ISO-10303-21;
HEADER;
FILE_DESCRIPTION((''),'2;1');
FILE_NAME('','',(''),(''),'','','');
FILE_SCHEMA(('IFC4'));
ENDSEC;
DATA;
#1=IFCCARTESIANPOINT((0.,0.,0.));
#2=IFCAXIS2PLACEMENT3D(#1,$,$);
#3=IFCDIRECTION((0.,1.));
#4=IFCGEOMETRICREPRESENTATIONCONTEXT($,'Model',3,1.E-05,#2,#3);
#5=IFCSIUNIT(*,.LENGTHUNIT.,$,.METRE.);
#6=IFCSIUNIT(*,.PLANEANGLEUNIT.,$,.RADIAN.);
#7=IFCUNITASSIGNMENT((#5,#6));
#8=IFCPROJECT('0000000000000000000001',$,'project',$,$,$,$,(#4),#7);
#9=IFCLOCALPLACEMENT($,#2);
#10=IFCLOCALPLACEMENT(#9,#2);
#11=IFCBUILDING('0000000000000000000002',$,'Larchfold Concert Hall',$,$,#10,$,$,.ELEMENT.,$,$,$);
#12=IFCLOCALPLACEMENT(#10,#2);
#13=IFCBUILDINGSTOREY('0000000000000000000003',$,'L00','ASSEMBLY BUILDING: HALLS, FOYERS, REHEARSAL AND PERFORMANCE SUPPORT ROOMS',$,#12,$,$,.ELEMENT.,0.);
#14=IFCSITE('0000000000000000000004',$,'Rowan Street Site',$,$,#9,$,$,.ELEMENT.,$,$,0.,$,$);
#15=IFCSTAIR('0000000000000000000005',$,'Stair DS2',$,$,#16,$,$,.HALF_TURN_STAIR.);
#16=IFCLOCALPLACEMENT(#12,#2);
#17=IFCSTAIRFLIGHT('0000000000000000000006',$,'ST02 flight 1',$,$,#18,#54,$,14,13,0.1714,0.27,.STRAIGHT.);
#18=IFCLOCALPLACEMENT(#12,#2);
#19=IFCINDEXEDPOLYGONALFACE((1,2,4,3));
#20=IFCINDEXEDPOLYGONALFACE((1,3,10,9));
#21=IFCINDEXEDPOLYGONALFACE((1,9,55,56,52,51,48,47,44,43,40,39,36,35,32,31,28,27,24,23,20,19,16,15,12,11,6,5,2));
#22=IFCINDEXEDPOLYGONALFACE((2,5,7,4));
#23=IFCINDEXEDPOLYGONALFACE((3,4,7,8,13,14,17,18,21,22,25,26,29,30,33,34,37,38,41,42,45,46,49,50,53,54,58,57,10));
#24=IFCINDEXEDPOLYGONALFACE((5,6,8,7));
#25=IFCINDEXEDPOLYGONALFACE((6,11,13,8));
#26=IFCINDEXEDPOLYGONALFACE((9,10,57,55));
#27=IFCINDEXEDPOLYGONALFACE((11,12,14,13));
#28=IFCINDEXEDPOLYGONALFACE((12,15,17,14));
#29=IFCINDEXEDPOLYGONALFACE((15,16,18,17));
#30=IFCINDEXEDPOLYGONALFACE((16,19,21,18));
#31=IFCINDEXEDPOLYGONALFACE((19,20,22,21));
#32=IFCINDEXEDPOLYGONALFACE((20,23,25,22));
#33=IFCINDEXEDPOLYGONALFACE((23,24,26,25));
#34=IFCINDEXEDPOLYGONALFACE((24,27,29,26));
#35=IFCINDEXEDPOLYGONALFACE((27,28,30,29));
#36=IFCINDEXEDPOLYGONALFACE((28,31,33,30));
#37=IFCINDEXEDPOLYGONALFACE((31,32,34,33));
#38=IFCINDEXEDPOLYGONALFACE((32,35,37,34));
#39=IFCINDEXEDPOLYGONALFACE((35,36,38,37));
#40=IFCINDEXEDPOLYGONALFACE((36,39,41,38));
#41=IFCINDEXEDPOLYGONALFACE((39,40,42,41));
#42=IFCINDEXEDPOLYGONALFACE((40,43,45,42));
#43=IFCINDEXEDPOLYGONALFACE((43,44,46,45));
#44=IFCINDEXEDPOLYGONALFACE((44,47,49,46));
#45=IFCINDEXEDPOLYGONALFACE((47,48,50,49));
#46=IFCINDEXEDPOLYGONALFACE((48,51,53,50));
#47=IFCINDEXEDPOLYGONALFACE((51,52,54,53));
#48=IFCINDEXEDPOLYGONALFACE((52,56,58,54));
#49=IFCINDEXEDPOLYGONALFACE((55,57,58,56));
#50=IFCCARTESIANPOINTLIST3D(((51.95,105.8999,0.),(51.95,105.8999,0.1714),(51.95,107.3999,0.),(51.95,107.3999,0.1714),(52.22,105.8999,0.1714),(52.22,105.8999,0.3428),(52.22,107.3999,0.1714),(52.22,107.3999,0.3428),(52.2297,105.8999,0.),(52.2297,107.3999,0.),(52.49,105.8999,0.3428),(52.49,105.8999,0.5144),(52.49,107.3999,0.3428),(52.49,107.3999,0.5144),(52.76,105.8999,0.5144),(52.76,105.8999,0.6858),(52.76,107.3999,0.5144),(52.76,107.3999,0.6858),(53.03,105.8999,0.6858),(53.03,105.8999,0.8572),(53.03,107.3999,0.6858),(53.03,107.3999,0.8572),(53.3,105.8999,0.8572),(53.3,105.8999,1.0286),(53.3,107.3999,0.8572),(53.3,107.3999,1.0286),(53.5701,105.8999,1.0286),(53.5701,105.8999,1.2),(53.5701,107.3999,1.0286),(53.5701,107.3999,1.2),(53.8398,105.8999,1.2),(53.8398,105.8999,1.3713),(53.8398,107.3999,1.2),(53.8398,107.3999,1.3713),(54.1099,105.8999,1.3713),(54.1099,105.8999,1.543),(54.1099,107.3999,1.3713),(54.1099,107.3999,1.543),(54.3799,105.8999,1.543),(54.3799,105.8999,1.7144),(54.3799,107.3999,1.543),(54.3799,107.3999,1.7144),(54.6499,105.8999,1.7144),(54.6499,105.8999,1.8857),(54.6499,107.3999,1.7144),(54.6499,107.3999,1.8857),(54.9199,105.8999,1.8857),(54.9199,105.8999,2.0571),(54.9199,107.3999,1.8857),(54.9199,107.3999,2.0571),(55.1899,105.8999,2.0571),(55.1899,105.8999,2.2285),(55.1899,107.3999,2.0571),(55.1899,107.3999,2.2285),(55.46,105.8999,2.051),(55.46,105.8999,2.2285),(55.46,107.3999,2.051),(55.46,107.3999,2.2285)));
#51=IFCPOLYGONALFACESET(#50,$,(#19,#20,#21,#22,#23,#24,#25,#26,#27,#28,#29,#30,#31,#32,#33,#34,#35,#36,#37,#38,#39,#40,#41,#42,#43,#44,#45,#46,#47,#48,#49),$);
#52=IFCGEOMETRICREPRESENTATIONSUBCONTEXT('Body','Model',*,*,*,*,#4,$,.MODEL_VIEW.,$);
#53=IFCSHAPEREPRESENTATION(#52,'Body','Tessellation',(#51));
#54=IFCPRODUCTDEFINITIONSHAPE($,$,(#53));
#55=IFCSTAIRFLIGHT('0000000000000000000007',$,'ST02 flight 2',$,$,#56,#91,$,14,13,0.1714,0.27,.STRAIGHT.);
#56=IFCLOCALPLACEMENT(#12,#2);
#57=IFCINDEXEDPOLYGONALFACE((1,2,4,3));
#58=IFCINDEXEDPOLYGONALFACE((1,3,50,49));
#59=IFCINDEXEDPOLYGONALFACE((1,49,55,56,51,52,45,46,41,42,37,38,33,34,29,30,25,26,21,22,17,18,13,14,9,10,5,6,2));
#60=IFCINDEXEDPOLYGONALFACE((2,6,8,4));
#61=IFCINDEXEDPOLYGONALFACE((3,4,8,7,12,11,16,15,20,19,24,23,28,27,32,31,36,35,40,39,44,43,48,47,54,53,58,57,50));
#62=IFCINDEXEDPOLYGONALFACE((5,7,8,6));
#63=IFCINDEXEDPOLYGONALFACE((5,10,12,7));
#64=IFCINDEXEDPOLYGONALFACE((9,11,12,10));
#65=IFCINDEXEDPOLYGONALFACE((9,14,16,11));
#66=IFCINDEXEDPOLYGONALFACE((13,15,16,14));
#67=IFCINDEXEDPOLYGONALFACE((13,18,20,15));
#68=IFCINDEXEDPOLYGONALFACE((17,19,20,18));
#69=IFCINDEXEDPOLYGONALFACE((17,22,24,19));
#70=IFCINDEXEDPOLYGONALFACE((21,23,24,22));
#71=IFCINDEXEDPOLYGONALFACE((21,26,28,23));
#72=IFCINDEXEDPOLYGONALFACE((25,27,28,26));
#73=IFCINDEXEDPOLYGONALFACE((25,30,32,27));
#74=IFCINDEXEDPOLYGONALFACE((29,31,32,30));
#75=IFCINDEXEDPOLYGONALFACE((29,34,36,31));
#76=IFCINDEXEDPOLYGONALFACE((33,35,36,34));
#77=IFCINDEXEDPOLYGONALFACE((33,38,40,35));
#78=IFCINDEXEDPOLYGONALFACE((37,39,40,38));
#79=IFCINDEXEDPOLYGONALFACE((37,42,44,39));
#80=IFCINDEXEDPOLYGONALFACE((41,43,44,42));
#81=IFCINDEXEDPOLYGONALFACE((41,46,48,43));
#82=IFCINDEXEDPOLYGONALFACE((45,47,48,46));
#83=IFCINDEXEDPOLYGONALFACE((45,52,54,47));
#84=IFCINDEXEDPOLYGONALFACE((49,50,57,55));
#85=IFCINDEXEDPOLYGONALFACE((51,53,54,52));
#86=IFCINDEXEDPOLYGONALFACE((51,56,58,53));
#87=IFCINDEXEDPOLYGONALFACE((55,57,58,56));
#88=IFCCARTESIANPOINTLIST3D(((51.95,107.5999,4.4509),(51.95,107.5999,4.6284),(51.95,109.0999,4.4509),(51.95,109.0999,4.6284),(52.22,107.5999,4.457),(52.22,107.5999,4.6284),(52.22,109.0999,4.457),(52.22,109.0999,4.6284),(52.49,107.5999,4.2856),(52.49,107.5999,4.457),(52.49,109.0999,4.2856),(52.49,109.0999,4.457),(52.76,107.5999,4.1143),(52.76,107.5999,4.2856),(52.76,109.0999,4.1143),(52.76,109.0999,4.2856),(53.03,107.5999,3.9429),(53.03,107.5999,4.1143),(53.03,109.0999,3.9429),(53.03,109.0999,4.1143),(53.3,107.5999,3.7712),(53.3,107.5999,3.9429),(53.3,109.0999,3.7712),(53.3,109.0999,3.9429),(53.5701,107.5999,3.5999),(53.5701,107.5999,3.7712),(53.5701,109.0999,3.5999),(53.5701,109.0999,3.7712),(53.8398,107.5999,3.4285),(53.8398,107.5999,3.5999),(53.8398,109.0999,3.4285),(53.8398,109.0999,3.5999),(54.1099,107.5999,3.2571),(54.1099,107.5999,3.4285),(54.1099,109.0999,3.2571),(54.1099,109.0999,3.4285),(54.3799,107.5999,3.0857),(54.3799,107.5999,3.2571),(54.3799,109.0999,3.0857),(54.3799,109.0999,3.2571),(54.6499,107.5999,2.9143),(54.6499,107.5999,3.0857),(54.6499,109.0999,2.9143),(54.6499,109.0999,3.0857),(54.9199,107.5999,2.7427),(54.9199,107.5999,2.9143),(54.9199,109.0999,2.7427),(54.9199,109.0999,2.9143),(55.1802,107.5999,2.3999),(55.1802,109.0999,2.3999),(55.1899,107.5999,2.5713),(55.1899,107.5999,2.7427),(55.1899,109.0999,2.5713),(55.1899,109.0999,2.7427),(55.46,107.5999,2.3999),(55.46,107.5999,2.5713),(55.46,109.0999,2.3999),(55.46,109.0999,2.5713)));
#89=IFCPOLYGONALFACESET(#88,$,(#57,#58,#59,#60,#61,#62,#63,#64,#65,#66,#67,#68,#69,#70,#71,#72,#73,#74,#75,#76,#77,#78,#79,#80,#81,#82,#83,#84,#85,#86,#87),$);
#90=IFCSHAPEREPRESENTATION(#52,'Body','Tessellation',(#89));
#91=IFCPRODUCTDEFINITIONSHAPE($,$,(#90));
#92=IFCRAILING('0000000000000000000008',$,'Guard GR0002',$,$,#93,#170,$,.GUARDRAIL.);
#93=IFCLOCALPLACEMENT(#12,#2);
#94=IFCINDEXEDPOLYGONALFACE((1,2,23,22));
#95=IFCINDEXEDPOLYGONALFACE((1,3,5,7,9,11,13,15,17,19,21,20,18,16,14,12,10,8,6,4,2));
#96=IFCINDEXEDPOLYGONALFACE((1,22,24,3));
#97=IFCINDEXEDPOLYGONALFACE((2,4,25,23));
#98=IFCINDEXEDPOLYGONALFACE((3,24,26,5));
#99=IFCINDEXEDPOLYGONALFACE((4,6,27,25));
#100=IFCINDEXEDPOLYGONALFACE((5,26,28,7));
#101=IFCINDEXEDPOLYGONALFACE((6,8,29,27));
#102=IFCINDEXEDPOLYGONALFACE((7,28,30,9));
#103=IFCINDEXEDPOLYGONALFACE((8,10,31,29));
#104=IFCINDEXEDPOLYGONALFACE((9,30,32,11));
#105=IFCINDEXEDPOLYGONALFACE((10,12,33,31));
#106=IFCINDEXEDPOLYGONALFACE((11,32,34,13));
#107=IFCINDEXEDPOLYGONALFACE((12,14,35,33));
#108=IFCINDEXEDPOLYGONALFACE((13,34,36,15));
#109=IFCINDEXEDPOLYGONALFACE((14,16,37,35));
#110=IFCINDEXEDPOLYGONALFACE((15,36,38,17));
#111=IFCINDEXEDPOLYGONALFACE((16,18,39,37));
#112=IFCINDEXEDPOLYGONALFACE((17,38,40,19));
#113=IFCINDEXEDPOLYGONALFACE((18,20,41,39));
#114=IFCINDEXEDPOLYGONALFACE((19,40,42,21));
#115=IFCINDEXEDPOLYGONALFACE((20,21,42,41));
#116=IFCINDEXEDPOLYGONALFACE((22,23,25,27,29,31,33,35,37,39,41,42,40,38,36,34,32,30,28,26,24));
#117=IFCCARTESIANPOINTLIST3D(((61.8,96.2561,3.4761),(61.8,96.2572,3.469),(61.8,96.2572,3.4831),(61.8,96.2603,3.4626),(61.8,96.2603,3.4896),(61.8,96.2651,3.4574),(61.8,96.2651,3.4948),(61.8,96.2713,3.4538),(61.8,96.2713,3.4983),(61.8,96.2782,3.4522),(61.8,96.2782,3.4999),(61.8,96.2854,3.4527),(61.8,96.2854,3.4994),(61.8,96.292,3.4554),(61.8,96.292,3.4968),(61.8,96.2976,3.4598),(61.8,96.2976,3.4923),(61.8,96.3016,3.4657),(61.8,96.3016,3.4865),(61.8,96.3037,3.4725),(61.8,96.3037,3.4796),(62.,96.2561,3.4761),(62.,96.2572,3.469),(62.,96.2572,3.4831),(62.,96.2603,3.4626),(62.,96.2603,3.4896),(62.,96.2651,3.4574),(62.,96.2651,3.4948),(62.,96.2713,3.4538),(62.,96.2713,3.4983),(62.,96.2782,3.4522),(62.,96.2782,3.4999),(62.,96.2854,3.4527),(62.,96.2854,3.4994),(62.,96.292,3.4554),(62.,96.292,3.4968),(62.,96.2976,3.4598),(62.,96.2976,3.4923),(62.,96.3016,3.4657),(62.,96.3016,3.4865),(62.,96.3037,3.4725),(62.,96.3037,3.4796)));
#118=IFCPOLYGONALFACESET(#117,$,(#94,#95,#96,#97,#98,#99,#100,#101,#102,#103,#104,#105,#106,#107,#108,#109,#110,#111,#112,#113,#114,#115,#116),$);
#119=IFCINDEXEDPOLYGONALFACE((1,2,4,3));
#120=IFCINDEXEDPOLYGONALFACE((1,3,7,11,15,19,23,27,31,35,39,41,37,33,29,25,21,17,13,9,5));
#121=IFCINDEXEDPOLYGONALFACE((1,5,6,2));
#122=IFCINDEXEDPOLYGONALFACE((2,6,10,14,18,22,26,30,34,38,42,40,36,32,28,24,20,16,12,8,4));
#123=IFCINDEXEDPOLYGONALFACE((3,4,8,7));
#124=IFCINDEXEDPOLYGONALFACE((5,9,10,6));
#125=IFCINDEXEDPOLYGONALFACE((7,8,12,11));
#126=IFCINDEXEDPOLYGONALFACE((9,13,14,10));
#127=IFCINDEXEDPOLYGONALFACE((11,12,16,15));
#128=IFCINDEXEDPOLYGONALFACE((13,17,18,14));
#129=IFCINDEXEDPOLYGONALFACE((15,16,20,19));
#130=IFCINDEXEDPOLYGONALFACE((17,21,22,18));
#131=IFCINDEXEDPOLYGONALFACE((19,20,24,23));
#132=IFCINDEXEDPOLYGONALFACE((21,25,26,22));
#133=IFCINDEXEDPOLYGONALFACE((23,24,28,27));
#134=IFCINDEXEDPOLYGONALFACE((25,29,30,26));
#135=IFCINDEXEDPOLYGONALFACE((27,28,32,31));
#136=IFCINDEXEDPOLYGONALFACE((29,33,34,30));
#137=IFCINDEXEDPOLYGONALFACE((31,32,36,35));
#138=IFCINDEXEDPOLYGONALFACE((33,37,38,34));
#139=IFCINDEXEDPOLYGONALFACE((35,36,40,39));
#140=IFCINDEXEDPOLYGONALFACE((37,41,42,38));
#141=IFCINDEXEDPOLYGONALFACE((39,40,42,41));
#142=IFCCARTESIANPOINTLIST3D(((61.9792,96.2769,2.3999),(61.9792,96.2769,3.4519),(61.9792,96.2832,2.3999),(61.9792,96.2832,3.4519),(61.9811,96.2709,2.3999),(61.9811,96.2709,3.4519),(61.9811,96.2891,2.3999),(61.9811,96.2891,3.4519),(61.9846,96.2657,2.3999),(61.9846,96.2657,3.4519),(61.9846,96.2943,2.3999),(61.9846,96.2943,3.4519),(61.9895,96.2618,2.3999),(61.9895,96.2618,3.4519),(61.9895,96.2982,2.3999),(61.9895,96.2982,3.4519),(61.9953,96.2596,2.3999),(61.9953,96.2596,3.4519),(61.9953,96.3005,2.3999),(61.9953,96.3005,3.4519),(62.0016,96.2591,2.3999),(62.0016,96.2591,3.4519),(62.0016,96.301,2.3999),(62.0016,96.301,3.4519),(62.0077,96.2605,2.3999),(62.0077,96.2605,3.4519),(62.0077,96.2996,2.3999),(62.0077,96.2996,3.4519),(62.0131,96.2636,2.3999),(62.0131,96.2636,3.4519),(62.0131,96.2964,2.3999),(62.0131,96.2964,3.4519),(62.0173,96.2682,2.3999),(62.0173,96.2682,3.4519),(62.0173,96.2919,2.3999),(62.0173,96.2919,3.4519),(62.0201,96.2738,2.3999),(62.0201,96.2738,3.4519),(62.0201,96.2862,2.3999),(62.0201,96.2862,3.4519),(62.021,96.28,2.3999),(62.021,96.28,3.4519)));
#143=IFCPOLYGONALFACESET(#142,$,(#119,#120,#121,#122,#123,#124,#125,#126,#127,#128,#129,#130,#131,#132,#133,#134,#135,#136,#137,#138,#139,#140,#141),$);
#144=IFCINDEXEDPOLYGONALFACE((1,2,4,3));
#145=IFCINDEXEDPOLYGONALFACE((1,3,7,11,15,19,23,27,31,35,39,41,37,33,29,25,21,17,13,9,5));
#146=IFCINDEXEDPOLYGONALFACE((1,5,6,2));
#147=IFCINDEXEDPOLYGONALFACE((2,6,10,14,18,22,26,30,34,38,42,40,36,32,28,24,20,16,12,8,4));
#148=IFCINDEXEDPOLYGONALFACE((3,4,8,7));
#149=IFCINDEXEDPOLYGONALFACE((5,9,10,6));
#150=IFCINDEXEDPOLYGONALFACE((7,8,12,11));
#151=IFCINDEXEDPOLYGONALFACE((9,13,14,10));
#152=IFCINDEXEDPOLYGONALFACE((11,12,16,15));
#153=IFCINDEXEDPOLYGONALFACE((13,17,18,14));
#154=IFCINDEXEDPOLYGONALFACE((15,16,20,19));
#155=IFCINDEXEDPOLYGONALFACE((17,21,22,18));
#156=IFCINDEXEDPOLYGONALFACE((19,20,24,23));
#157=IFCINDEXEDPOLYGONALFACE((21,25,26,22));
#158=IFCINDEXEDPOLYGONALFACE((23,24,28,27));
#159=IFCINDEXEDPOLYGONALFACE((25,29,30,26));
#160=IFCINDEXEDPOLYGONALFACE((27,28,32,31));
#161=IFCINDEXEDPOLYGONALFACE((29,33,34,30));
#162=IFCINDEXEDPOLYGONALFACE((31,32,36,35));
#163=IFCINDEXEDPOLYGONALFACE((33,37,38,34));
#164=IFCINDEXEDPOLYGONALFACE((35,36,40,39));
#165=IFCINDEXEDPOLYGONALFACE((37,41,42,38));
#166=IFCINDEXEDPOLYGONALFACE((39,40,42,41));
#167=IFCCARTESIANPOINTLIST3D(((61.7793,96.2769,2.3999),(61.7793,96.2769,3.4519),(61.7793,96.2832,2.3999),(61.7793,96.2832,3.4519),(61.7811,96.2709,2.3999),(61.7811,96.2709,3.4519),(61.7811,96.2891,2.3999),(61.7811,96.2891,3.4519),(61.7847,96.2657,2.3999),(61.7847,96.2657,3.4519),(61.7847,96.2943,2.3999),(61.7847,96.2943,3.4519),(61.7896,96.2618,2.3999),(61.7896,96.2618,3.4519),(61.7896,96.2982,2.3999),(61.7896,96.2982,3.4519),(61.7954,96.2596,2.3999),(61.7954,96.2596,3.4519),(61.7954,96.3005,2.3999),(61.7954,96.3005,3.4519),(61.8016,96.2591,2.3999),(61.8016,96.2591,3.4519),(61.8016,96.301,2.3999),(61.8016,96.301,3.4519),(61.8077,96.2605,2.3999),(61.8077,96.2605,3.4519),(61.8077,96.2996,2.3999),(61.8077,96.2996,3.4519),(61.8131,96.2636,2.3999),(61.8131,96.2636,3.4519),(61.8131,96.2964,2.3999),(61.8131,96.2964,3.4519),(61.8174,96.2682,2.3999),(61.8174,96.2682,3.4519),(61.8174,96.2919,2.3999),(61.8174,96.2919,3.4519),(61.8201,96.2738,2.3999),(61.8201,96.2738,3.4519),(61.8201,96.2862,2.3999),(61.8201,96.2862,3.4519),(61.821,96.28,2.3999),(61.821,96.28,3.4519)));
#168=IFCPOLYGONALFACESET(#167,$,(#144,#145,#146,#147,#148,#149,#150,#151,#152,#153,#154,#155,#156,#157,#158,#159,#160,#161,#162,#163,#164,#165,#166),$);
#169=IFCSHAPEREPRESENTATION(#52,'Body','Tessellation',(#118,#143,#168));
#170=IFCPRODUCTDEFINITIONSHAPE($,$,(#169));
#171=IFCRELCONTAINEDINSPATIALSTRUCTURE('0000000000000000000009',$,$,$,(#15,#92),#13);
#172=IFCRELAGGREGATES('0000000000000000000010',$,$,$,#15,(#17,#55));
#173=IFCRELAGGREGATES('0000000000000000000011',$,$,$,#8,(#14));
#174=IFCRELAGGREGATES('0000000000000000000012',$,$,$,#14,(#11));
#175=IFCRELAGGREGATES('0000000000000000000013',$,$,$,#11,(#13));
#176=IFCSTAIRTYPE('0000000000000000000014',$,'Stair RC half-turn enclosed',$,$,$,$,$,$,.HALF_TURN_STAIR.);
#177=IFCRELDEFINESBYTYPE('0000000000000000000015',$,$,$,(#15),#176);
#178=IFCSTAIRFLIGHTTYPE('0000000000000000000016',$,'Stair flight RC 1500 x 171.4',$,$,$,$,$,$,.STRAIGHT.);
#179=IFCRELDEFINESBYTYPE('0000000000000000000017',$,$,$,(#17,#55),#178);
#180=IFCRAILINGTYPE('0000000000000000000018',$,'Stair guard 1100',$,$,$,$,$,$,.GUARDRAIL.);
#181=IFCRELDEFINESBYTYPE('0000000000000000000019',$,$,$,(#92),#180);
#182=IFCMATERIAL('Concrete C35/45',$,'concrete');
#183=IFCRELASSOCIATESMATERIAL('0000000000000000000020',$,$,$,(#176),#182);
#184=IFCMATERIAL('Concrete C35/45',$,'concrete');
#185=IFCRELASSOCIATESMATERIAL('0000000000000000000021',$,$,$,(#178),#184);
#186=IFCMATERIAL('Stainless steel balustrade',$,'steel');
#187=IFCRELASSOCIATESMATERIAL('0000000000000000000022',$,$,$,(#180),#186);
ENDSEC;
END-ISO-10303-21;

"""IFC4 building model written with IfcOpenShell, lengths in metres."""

from ifc_helpers import new_model, si_unit, direction, frame, origin, origin_2d, place, context, subcontext, project, spatial, polyline, circle, outline, extrude, material, type_object, element, aggregate, save


model = new_model("IFC4")

# Units and contexts
model_context = context("Model", 3, precision=1e-05, world=origin(), true_north=direction((0.0, 1.0)))
body_context = subcontext(model_context, "Body", "Model", "MODEL_VIEW")
ifc_project = project(units=[si_unit("LENGTHUNIT", "METRE"), si_unit("PLANEANGLEUNIT", "RADIAN")], contexts=[model_context])

# Site, building, storey
site_placement = place(None, origin())
site = spatial("IfcSite", under=ifc_project, at=site_placement, Name="Rowan Street Site", CompositionType="ELEMENT", RefElevation=0.0)
building_placement = place(site_placement, origin())
building = spatial("IfcBuilding", under=site, at=building_placement, Name="Larchfold Concert Hall", CompositionType="ELEMENT")
storey_placement = place(building_placement, origin())
storey = spatial("IfcBuildingStorey", under=building, at=storey_placement, Name="L00", Description="ASSEMBLY BUILDING: HALLS, FOYERS, REHEARSAL AND PERFORMANCE SUPPORT ROOMS", CompositionType="ELEMENT", Elevation=0.0)

# Shared definitions
ifc_material_1 = material(Name="Concrete C35/45", Category="concrete")
stair_type = type_object("IfcStairType", Name="Stair RC half-turn enclosed", PredefinedType="HALF_TURN_STAIR", material=ifc_material_1)

# Stair, stair flights
stair_1_placement = place(storey_placement, origin())
stair_1 = element("IfcStair", 1, at=stair_1_placement, inside=storey, type_object=stair_type, Name="Stair DS2", PredefinedType="HALF_TURN_STAIR")
ifc_material_2 = material(Name="Concrete C35/45", Category="concrete")
stair_flight_type_1 = type_object("IfcStairFlightType", Name="Stair flight RC 1500 x 171.4", PredefinedType="STRAIGHT", material=ifc_material_2)
stair_flight_1_placement = place(storey_placement, frame((51.95, 106.6499, 0.0), z_axis=(0.0, 0.0, 1.0), x_axis=(1.0, 0.0, 0.0)))
stair_flight_1 = element("IfcStairFlight", 2, at=stair_flight_1_placement, type_object=stair_flight_type_1, Name="ST02 flight 1", NumberOfRisers=14, NumberOfTreads=13, PredefinedType="STRAIGHT", RiserHeight=0.1714, TreadLength=0.27, context=body_context, shape_type="SweptSolid", body=[
    extrude(outline(polyline([(0.0, 0.0), (0.0, 0.1714), (0.27, 0.1714), (0.27, 0.3428), (0.54, 0.3428), (0.54, 0.5144), (0.8101, 0.5144), (0.8101, 0.6858), (1.0801, 0.6858), (1.0801, 0.8572), (1.3501, 0.8572), (1.3501, 1.0286), (1.6201, 1.0286), (1.6201, 1.2), (1.8899, 1.2), (1.8899, 1.3713), (2.1599, 1.3713), (2.1599, 1.543), (2.4299, 1.543), (2.4299, 1.7144), (2.7, 1.7144), (2.7, 1.8857), (2.97, 1.8857), (2.97, 2.0571), (3.24, 2.0571), (3.24, 2.2285), (3.51, 2.2285), (3.51, 2.3999), (3.51, 2.051), (0.2798, 0.0), (0.0, 0.0)])), frame((0.0, 0.75, 0.0), z_axis=(0.0, -1.0, 0.0), x_axis=(1.0, 0.0, 0.0)), (0.0, 0.0, 1.0), 1.5),
])
stair_flight_2_placement = place(storey_placement, frame((55.46, 108.3499, 2.3999), z_axis=(0.0, 0.0, 1.0), x_axis=(-1.0, 0.0, 0.0)))
stair_flight_2 = element("IfcStairFlight", 3, at=stair_flight_2_placement, type_object=stair_flight_type_1, Name="ST02 flight 2", NumberOfRisers=14, NumberOfTreads=13, PredefinedType="STRAIGHT", RiserHeight=0.1714, TreadLength=0.27, context=body_context, shape_type="SweptSolid", body=[
    extrude(outline(polyline([(0.0, 0.0), (0.0, 0.1714), (0.27, 0.1714), (0.27, 0.3428), (0.54, 0.3428), (0.54, 0.5144), (0.8101, 0.5144), (0.8101, 0.6858), (1.0801, 0.6858), (1.0801, 0.8572), (1.3501, 0.8572), (1.3501, 1.0286), (1.6201, 1.0286), (1.6201, 1.2), (1.8899, 1.2), (1.8899, 1.3713), (2.1599, 1.3713), (2.1599, 1.543), (2.4299, 1.543), (2.4299, 1.7144), (2.7, 1.7144), (2.7, 1.8857), (2.97, 1.8857), (2.97, 2.0571), (3.24, 2.0571), (3.24, 2.2285), (3.51, 2.2285), (3.51, 2.3999), (3.51, 2.051), (0.2798, 0.0), (0.0, 0.0)])), frame((0.0, 0.75, 0.0), z_axis=(0.0, -1.0, 0.0), x_axis=(1.0, 0.0, 0.0)), (0.0, 0.0, 1.0), 1.5),
])
aggregate(stair_1, [stair_flight_1, stair_flight_2])

# Railing
ifc_material_3 = material(Name="Stainless steel balustrade", Category="steel")
railing_type_1 = type_object("IfcRailingType", Name="Stair guard 1100", PredefinedType="GUARDRAIL", material=ifc_material_3)
railing_1_placement = place(storey_placement, frame((62.0, 96.28, 2.3999)))
element("IfcRailing", 4, at=railing_1_placement, inside=storey, type_object=railing_type_1, Name="Guard GR0002", PredefinedType="GUARDRAIL", context=body_context, shape_type="SweptSolid", body=[
    extrude(circle(Radius=0.0239, at=origin_2d()), frame((0.0, 0.0, 1.0762), z_axis=(-1.0, 0.0, 0.0), x_axis=(0.0, -1.0, 0.0)), (0.0, 0.0, 1.0), 0.2),
    extrude(circle(Radius=0.021, at=origin_2d()), origin(), (0.0, 0.0, 1.0), 1.052),
    extrude(circle(Radius=0.021, at=origin_2d()), frame((-0.2, 0.0, 0.0)), (0.0, 0.0, 1.0), 1.052),
])

save(model, "model.ifc")
